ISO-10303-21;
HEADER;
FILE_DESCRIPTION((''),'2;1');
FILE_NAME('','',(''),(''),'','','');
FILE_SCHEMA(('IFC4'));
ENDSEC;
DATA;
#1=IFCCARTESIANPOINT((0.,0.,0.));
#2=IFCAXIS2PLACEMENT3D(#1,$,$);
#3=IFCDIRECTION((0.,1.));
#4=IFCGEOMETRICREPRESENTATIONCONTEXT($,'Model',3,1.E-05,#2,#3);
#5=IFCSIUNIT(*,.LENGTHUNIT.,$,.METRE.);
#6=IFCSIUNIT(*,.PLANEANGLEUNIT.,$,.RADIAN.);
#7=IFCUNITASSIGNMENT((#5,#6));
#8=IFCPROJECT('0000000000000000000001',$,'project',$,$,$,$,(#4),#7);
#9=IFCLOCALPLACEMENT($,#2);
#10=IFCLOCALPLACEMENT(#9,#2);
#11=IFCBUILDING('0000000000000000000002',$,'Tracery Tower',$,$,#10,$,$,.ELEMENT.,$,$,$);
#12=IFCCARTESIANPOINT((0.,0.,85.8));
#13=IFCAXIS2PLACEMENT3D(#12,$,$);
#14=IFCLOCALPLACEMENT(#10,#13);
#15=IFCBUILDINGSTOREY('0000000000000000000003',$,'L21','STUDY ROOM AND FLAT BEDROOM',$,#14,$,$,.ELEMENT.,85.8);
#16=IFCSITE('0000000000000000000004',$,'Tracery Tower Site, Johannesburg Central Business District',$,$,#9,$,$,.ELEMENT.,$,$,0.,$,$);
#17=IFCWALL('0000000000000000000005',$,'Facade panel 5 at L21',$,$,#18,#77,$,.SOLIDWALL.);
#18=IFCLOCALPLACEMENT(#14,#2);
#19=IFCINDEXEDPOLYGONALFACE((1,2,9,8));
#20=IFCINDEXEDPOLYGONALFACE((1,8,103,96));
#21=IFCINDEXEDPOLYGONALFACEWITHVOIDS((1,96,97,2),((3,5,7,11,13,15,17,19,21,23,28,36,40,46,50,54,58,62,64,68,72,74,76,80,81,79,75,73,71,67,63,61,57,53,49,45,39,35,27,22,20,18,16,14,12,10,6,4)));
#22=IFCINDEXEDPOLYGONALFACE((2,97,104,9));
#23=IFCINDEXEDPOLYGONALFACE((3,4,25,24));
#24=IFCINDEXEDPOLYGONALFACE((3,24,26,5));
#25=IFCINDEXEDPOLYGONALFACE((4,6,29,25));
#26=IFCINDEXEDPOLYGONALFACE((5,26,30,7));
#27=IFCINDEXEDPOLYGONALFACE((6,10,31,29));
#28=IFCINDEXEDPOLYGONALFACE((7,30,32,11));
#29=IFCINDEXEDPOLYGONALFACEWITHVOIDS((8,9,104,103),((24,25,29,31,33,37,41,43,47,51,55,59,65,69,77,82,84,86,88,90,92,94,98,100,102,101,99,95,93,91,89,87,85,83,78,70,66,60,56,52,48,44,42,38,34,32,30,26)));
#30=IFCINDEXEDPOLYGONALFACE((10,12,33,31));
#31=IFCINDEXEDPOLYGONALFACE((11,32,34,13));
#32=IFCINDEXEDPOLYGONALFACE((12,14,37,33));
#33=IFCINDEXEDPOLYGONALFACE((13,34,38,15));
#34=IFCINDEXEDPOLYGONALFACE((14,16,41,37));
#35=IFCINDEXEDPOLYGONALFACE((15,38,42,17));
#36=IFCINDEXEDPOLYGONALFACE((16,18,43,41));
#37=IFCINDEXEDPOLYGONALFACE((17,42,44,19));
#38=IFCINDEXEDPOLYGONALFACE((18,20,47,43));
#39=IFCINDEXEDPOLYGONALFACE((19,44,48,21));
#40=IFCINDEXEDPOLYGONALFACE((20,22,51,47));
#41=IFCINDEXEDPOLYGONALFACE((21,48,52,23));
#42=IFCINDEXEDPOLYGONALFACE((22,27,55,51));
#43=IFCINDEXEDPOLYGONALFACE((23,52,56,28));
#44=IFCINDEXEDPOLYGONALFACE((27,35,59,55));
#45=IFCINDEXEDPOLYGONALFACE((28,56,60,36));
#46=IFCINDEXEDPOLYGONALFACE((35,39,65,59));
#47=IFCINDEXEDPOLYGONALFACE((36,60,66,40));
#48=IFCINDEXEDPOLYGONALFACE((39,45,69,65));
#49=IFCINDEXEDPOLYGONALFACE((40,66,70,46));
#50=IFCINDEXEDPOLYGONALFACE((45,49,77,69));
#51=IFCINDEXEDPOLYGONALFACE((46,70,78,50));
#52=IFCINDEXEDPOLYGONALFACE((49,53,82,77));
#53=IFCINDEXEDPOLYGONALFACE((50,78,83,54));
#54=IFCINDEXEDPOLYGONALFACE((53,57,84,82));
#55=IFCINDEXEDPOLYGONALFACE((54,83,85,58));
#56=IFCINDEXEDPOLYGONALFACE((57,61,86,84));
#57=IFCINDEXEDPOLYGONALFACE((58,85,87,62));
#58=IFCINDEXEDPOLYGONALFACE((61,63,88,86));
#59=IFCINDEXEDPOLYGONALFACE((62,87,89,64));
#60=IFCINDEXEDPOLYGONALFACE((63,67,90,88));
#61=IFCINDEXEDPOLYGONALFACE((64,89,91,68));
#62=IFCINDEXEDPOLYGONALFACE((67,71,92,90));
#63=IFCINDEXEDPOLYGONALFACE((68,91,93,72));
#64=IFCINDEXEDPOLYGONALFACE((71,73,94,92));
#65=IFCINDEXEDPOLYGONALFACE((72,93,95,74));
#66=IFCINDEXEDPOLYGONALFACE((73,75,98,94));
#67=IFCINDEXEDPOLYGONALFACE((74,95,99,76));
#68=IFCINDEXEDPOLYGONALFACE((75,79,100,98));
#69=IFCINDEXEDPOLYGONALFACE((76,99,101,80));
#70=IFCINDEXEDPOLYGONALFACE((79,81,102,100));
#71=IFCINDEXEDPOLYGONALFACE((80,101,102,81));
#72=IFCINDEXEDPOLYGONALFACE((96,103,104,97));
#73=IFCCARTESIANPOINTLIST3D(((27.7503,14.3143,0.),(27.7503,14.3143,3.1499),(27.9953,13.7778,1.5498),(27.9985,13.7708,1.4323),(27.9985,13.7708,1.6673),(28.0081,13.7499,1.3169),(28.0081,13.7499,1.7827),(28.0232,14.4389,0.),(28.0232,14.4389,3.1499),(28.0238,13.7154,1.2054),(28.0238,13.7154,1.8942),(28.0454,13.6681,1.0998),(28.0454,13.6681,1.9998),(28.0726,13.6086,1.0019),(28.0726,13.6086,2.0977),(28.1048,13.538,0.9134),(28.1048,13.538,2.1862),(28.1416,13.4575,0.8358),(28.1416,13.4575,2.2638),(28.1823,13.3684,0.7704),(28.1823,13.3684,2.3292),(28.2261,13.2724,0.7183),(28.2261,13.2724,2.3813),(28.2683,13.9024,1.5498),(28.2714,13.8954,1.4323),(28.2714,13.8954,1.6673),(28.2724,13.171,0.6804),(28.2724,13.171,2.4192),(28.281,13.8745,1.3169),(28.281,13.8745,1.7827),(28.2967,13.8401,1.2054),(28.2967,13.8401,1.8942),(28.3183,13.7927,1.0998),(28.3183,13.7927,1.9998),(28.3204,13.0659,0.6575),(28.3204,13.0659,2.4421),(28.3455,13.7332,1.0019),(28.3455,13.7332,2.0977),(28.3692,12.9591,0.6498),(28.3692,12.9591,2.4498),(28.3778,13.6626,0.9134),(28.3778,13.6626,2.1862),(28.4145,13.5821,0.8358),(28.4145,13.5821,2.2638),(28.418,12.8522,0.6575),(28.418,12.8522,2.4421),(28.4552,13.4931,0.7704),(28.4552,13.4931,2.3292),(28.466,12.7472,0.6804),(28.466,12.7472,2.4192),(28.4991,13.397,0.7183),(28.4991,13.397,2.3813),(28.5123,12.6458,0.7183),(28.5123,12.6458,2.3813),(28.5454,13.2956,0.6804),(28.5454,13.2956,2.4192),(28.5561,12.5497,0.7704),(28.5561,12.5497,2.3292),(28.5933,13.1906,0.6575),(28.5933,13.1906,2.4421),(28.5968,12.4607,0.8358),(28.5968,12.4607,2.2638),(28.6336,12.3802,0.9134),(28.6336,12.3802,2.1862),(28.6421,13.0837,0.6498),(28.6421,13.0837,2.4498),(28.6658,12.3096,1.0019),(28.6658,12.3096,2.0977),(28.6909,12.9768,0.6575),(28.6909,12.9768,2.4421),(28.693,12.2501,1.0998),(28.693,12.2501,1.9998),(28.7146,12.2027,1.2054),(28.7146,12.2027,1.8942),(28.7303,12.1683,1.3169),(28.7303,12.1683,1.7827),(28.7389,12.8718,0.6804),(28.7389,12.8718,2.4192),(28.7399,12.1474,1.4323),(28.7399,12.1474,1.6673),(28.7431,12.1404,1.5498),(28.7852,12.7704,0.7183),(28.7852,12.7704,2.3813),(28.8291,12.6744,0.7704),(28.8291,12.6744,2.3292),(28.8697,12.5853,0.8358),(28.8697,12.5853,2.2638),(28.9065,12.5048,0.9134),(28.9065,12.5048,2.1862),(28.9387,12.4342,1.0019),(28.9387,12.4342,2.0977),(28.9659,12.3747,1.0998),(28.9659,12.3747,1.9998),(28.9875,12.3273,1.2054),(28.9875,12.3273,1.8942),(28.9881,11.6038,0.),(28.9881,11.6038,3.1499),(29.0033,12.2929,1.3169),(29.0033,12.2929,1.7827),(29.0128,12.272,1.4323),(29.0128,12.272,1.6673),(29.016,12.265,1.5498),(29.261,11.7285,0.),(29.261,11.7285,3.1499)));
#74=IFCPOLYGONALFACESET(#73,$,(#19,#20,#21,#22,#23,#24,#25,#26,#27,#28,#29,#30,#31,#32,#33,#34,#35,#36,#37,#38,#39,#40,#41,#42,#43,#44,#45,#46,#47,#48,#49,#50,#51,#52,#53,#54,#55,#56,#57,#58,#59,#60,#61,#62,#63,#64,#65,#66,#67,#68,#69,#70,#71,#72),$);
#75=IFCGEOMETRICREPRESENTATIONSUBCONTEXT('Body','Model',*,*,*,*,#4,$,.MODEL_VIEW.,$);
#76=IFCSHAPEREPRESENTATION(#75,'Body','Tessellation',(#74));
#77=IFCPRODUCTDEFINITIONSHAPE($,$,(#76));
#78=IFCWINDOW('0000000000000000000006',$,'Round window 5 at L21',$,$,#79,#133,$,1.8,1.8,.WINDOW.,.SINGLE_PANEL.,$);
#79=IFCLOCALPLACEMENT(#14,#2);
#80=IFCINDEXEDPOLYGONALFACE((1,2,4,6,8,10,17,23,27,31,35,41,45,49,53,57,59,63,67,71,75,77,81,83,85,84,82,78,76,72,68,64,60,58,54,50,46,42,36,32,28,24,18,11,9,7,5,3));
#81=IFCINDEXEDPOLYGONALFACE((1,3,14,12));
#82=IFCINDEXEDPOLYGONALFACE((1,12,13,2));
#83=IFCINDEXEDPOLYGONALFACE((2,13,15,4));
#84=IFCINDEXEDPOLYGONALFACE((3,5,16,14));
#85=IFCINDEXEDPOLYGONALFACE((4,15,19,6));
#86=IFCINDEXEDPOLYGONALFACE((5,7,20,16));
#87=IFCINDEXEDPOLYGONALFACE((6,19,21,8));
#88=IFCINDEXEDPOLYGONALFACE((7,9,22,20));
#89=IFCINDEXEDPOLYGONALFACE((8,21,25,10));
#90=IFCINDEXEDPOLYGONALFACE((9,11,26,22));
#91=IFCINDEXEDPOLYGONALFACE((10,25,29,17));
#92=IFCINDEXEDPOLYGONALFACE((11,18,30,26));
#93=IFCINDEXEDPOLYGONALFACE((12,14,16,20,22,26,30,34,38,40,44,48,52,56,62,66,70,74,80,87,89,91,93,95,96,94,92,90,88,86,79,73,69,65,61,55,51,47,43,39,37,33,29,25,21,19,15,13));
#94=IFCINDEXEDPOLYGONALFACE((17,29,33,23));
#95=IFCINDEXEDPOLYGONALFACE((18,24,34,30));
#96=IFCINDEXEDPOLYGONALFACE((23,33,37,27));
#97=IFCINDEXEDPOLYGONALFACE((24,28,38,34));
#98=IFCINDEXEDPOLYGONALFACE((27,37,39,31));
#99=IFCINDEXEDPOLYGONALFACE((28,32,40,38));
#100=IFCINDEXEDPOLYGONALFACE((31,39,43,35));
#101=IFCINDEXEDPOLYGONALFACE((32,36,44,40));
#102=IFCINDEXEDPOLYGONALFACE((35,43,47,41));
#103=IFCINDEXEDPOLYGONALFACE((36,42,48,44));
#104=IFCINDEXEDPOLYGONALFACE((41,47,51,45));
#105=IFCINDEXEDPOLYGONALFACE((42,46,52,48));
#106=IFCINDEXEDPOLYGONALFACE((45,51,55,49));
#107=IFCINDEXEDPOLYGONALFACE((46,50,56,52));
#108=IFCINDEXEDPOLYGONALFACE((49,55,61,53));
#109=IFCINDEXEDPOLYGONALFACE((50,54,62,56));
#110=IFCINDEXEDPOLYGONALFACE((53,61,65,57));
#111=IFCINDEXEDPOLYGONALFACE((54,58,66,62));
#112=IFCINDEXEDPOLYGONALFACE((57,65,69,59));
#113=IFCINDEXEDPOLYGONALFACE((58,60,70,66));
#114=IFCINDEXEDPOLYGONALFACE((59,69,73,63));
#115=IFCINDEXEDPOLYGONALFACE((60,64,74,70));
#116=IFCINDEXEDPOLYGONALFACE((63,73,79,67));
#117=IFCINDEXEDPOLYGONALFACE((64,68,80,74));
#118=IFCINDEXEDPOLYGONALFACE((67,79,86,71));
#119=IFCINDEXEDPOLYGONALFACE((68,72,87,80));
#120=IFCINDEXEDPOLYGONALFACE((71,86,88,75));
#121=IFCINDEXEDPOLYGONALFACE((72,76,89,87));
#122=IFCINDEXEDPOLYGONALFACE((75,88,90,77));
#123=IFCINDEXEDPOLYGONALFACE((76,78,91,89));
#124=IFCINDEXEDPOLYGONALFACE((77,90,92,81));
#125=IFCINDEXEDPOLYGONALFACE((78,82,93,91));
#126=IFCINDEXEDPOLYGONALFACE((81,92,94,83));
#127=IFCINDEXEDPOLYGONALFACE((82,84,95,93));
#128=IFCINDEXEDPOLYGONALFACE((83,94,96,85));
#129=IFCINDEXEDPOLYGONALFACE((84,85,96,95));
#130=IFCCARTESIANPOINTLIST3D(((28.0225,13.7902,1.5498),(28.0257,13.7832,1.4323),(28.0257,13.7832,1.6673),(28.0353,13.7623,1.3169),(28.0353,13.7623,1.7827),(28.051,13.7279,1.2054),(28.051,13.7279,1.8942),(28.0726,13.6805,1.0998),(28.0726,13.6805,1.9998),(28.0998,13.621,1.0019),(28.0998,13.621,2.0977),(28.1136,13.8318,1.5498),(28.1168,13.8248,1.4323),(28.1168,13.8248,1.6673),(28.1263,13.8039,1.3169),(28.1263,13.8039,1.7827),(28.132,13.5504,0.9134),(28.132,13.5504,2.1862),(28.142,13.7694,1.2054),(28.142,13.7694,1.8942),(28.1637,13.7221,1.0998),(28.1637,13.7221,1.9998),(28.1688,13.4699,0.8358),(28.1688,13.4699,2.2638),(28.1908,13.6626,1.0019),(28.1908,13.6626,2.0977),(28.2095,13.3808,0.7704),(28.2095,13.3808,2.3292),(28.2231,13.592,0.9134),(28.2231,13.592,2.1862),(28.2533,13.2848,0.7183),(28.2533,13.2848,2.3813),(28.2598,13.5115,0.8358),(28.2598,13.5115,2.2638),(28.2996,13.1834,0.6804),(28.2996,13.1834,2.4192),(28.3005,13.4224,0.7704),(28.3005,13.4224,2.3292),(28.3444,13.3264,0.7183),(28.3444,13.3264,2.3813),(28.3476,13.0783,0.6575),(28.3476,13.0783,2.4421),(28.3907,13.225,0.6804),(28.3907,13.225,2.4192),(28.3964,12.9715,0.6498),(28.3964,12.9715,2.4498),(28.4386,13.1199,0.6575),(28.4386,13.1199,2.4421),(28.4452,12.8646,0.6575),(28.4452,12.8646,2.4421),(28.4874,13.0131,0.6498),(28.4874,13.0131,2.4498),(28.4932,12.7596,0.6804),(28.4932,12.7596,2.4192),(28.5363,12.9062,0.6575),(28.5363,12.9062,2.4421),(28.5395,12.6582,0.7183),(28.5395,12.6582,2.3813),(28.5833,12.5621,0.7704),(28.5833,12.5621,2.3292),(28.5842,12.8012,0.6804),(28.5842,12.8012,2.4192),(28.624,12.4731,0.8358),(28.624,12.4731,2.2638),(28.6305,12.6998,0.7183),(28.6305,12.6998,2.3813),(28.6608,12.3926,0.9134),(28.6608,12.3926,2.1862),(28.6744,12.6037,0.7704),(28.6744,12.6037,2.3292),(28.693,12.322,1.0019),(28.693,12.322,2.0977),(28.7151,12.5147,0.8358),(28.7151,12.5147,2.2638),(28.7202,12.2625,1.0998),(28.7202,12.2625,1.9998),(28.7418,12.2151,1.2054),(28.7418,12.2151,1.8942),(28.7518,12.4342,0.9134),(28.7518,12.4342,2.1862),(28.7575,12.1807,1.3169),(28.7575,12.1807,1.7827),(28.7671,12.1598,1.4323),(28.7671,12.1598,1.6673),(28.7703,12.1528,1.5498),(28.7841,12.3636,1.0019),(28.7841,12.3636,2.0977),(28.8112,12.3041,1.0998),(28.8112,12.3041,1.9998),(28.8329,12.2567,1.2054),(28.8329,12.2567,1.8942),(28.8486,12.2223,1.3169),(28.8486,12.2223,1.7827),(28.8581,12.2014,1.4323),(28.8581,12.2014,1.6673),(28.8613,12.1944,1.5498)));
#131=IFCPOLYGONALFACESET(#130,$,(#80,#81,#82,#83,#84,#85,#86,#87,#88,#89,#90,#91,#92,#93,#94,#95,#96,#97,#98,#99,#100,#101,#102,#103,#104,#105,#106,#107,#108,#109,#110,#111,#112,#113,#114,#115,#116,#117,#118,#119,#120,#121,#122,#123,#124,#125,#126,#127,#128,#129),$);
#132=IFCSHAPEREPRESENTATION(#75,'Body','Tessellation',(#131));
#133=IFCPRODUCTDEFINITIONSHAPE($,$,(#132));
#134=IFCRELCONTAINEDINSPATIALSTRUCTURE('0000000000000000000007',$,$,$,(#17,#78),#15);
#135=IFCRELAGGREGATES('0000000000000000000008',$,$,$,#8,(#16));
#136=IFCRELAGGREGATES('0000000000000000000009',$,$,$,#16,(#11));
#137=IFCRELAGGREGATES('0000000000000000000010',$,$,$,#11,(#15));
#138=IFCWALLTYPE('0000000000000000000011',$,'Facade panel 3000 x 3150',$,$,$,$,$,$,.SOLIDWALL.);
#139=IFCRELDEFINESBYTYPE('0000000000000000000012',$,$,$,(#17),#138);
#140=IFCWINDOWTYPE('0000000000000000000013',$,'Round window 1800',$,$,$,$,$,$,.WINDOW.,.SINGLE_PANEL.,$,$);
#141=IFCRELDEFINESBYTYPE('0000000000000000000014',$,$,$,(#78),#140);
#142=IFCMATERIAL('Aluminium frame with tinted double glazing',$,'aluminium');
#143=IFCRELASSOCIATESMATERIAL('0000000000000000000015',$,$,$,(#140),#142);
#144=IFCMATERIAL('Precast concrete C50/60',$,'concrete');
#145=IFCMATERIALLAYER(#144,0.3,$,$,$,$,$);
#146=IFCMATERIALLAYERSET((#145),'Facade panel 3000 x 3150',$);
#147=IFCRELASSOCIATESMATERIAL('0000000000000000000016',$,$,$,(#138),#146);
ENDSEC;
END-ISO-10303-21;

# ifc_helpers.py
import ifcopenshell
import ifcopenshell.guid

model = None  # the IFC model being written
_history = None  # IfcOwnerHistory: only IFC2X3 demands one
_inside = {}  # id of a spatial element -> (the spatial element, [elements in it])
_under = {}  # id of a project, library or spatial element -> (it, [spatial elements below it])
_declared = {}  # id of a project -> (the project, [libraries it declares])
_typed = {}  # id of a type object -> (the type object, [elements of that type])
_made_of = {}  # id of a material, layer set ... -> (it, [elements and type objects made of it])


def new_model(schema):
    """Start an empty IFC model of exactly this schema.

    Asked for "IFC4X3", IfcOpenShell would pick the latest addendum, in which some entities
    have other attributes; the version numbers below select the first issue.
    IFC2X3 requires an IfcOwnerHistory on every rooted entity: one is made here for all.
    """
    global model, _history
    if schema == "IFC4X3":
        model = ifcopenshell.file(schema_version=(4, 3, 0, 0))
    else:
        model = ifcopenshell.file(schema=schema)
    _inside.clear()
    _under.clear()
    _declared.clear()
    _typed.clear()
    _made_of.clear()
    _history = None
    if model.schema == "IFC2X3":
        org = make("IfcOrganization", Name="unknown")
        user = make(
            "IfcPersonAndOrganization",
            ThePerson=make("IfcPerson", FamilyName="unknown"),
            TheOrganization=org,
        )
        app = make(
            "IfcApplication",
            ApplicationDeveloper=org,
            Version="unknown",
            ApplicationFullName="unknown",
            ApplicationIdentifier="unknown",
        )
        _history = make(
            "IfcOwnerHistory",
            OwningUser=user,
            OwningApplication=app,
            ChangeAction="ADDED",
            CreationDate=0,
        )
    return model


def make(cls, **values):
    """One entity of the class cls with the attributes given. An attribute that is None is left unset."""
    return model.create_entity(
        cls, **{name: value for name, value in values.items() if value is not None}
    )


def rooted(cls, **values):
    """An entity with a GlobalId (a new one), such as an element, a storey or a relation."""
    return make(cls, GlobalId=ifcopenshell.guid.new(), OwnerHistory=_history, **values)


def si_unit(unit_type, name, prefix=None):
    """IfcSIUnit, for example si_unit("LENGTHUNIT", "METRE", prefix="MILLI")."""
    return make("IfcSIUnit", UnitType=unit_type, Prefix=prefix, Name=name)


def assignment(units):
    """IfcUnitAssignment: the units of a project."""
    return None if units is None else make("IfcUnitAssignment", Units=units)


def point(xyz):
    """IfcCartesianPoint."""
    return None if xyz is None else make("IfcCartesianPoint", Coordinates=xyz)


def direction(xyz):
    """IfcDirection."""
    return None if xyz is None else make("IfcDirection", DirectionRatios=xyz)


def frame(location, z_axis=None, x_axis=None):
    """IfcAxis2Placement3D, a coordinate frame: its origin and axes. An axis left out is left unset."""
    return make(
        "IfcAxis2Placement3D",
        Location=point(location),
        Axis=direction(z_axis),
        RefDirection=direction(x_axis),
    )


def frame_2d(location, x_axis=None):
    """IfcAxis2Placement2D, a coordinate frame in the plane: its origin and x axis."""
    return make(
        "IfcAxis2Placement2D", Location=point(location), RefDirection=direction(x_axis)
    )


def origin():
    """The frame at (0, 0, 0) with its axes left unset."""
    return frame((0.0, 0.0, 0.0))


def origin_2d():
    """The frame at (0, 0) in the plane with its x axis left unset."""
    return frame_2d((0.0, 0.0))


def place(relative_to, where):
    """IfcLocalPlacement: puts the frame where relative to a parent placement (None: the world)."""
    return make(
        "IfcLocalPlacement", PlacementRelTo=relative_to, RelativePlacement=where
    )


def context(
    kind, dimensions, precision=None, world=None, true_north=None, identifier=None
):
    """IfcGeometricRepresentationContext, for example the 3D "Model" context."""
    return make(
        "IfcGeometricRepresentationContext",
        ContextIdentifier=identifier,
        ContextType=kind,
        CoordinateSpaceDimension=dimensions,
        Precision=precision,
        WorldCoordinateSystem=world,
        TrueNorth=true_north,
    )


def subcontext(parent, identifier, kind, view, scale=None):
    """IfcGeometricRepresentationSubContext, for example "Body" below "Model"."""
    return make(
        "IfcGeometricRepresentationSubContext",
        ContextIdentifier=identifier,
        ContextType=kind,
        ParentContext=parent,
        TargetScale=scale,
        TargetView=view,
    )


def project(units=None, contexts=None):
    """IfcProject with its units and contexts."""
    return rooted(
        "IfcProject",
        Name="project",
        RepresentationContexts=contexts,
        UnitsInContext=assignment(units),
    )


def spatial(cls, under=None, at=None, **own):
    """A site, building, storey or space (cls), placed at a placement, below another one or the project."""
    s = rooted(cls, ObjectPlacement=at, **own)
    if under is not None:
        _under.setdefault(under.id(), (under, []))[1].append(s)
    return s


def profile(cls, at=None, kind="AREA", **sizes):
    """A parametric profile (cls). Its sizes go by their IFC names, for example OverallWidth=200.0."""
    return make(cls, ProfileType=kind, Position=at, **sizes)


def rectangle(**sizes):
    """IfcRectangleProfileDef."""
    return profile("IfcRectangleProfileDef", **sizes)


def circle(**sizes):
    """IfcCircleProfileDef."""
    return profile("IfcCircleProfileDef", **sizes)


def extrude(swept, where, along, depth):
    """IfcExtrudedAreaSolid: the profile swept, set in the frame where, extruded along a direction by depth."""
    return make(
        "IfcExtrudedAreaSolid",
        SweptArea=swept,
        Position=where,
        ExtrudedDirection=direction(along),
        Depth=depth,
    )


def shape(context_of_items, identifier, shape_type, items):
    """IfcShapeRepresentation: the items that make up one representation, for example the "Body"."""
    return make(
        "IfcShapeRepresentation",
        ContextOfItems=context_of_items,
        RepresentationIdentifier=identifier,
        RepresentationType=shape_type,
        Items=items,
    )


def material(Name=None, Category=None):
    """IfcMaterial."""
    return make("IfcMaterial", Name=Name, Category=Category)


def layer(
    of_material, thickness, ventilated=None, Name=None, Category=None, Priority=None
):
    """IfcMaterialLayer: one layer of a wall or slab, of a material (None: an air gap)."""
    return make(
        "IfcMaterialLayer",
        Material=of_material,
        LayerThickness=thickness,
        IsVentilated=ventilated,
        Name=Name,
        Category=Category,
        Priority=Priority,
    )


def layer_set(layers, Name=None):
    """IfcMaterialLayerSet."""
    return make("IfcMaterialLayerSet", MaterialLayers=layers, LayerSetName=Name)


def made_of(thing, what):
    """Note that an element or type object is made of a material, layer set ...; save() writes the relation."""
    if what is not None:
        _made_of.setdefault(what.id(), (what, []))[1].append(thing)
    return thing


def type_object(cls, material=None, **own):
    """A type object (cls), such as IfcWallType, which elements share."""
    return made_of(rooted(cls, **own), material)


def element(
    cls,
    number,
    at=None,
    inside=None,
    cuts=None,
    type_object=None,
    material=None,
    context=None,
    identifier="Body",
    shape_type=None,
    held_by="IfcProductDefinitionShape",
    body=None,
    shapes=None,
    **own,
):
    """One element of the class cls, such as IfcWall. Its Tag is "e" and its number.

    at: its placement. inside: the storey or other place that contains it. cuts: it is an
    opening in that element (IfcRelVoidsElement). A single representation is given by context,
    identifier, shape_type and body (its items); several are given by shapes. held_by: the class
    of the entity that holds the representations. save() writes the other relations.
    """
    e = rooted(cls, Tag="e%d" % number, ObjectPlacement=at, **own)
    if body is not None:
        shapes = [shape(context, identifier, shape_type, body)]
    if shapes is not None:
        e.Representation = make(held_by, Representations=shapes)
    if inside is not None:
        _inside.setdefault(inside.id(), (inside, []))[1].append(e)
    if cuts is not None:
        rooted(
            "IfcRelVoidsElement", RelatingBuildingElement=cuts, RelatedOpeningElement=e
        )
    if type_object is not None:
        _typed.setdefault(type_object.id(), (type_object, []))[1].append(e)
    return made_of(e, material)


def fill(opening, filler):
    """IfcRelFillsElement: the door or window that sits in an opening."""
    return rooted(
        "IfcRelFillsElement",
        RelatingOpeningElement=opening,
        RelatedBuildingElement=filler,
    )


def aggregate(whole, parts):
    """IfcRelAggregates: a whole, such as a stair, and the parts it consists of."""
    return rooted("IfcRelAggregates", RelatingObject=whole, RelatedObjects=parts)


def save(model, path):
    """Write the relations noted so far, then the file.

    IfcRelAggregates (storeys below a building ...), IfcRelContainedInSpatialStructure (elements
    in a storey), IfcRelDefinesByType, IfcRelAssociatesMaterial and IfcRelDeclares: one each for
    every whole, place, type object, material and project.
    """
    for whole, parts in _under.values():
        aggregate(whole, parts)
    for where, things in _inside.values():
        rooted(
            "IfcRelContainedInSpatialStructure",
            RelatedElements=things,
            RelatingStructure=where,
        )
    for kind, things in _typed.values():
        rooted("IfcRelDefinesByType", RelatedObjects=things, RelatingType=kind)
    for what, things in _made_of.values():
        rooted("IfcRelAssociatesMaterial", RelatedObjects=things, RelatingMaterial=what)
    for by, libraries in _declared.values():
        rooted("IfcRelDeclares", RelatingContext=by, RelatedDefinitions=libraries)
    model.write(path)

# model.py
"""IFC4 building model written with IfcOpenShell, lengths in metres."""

from ifc_helpers import new_model, si_unit, direction, frame, frame_2d, origin, origin_2d, place, context, subcontext, project, spatial, rectangle, circle, extrude, material, layer, layer_set, type_object, element, fill, save


model = new_model("IFC4")

# Units and contexts
model_context = context("Model", 3, precision=1e-05, world=origin(), true_north=direction((0.0, 1.0)))
body_context = subcontext(model_context, "Body", "Model", "MODEL_VIEW")
ifc_project = project(units=[si_unit("LENGTHUNIT", "METRE"), si_unit("PLANEANGLEUNIT", "RADIAN")], contexts=[model_context])

# Site, building, storey
site_placement = place(None, origin())
site = spatial("IfcSite", under=ifc_project, at=site_placement, Name="Tracery Tower Site, Johannesburg Central Business District", CompositionType="ELEMENT", RefElevation=0.0)
building_placement = place(site_placement, origin())
building = spatial("IfcBuilding", under=site, at=building_placement, Name="Tracery Tower", CompositionType="ELEMENT")
storey_placement = place(building_placement, frame((0.0, 0.0, 85.8)))
storey = spatial("IfcBuildingStorey", under=building, at=storey_placement, Name="L21", Description="STUDY ROOM AND FLAT BEDROOM", CompositionType="ELEMENT", Elevation=85.8)

# Wall, opening, window
ifc_material_1 = material(Name="Aluminium frame with tinted double glazing", Category="aluminium")
window_type = type_object("IfcWindowType", Name="Round window 1800", PartitioningType="SINGLE_PANEL", PredefinedType="WINDOW", material=ifc_material_1)
ifc_material_2 = material(Name="Precast concrete C50/60", Category="concrete")
ifc_layer_1 = layer(ifc_material_2, 0.3)
ifc_layer_set_1 = layer_set([ifc_layer_1], Name="Facade panel 3000 x 3150")
wall_type_1 = type_object("IfcWallType", Name="Facade panel 3000 x 3150", PredefinedType="SOLIDWALL", material=ifc_layer_set_1)
wall_1_placement = place(storey_placement, frame((29.1245, 11.6663, 0.0), z_axis=(0.0, 0.0, 1.0), x_axis=(-0.415407, 0.909636, 0.0)))
wall_1 = element("IfcWall", 1, at=wall_1_placement, inside=storey, type_object=wall_type_1, Name="Facade panel 5 at L21", PredefinedType="SOLIDWALL", context=body_context, shape_type="SweptSolid", body=[
    extrude(rectangle(XDim=2.9797, YDim=0.3, at=frame_2d((1.4897, 0.0))), origin(), (0.0, 0.0, 1.0), 3.1499),
])
opening_1_placement = place(wall_1_placement, frame((1.4897, 0.0, 1.5498)))
opening_1 = element("IfcOpeningElement", 2, at=opening_1_placement, cuts=wall_1, PredefinedType="OPENING", context=body_context, shape_type="SweptSolid", body=[
    extrude(circle(Radius=0.9, at=origin_2d()), frame((0.0, 0.1599, 0.0), z_axis=(0.0, -1.0, 0.0), x_axis=(1.0, 0.0, 0.0)), (0.0, 0.0, 1.0), 0.3201),
])
window_1_placement = place(opening_1_placement, origin())
window_1 = element("IfcWindow", 3, at=window_1_placement, inside=storey, type_object=window_type, Name="Round window 5 at L21", OverallHeight=1.8, OverallWidth=1.8, PartitioningType="SINGLE_PANEL", PredefinedType="WINDOW", context=body_context, shape_type="SweptSolid", body=[
    extrude(circle(Radius=0.9, at=origin_2d()), frame((0.0, 0.1201, 0.0), z_axis=(0.0, -1.0, 0.0), x_axis=(1.0, 0.0, 0.0)), (0.0, 0.0, 1.0), 0.1001),
])
fill(opening_1, window_1)

save(model, "model.ifc")
